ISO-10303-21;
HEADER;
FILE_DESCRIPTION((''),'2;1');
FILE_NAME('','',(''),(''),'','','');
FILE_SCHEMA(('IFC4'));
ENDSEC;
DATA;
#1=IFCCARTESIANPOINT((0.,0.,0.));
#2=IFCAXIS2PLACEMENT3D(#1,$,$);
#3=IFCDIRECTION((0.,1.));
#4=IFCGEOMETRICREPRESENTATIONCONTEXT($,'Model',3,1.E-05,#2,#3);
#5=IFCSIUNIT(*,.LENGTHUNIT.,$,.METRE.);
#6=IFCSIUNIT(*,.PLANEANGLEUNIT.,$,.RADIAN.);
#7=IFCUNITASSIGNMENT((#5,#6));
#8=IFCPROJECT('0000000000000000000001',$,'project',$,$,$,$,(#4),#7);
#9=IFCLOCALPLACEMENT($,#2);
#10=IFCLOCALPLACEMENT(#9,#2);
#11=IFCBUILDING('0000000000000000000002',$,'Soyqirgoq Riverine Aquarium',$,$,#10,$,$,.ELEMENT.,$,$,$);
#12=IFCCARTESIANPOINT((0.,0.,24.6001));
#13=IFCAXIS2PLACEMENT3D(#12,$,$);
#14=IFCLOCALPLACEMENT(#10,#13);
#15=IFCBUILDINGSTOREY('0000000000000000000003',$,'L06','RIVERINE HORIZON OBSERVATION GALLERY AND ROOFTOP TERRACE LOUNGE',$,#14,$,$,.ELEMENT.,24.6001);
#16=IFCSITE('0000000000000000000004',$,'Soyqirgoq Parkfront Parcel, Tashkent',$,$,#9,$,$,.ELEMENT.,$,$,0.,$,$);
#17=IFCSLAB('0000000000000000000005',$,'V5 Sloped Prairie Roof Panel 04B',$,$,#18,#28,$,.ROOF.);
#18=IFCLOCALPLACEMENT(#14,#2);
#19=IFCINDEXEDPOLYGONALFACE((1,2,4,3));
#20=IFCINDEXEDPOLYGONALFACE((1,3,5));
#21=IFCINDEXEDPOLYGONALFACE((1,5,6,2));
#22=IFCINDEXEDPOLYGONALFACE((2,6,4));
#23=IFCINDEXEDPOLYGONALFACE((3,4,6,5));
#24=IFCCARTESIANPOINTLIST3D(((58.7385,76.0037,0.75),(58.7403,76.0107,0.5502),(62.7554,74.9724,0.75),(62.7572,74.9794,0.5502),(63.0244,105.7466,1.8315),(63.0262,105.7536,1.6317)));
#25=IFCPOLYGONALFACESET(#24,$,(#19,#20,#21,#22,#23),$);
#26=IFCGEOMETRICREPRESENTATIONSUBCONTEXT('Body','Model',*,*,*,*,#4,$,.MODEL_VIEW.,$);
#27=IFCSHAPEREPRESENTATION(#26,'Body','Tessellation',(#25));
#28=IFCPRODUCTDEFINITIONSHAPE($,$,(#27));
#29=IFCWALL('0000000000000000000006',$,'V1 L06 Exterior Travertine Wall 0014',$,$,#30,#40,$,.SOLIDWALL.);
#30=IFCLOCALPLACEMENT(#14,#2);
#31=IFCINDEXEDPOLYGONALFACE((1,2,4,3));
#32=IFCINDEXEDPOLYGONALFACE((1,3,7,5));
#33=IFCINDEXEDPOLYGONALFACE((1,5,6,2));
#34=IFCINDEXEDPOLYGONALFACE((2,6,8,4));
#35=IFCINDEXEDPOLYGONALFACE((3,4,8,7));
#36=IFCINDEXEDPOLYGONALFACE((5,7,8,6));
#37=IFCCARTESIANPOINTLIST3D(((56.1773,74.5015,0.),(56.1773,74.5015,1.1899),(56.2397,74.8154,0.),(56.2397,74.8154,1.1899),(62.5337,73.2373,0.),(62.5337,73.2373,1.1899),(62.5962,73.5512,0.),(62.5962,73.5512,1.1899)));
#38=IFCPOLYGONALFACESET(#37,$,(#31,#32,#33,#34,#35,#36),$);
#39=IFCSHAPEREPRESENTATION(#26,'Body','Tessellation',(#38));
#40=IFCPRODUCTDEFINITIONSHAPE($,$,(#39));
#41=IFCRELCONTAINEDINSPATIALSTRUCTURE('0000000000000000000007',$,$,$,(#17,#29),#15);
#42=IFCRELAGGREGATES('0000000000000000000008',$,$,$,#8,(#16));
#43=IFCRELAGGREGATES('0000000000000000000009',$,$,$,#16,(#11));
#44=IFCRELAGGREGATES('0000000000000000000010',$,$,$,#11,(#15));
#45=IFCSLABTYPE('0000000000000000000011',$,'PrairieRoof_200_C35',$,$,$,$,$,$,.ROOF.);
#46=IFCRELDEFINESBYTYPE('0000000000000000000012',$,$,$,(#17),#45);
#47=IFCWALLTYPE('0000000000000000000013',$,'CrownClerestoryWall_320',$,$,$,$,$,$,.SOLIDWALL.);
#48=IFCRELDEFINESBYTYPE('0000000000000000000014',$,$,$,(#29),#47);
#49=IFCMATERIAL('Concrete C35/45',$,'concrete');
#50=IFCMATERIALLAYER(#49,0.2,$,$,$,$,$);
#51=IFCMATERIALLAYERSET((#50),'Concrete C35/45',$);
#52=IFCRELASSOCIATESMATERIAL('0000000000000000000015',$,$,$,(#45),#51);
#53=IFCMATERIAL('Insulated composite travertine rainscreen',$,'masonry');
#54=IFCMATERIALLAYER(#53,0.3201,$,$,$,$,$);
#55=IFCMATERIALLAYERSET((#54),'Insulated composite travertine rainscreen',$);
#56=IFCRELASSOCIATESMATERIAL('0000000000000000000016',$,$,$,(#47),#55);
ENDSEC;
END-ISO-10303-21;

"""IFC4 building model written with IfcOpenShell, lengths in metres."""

from ifc_helpers import new_model, si_unit, direction, frame, frame_2d, origin, place, context, subcontext, project, spatial, polyline, rectangle, outline, extrude, material, layer, layer_set, type_object, element, save


model = new_model("IFC4")

# Units and contexts
model_context = context("Model", 3, precision=1e-05, world=origin(), true_north=direction((0.0, 1.0)))
body_context = subcontext(model_context, "Body", "Model", "MODEL_VIEW")
ifc_project = project(units=[si_unit("LENGTHUNIT", "METRE"), si_unit("PLANEANGLEUNIT", "RADIAN")], contexts=[model_context])

# Site, building, storey
site_placement = place(None, origin())
site = spatial("IfcSite", under=ifc_project, at=site_placement, Name="Soyqirgoq Parkfront Parcel, Tashkent", CompositionType="ELEMENT", RefElevation=0.0)
building_placement = place(site_placement, origin())
building = spatial("IfcBuilding", under=site, at=building_placement, Name="Soyqirgoq Riverine Aquarium", CompositionType="ELEMENT")
storey_placement = place(building_placement, frame((0.0, 0.0, 24.6001)))
storey = spatial("IfcBuildingStorey", under=building, at=storey_placement, Name="L06", Description="RIVERINE HORIZON OBSERVATION GALLERY AND ROOFTOP TERRACE LOUNGE", CompositionType="ELEMENT", Elevation=24.6001)

# Slab
ifc_material_1 = material(Name="Concrete C35/45", Category="concrete")
ifc_layer_1 = layer(ifc_material_1, 0.2)
ifc_layer_set_1 = layer_set([ifc_layer_1], Name="Concrete C35/45")
slab_type = type_object("IfcSlabType", Name="PrairieRoof_200_C35", PredefinedType="ROOF", material=ifc_layer_set_1)
slab_1_placement = place(storey_placement, frame((62.7554, 74.9724, 0.75), z_axis=(-0.008997, -0.035043, 0.999345), x_axis=(0.008737, 0.999345, 0.035121)))
element("IfcSlab", 1, at=slab_1_placement, inside=storey, type_object=slab_type, Name="V5 Sloped Prairie Roof Panel 04B", PredefinedType="ROOF", context=body_context, shape_type="SweptSolid", body=[
    extrude(outline(polyline([(0.0, 0.0), (30.7943, 0.0), (0.9955, 4.0259), (0.0, 0.0)])), origin(), (0.0, 0.0, -1.0), 0.2),
])

# Wall
ifc_material_2 = material(Name="Insulated composite travertine rainscreen", Category="masonry")
ifc_layer_2 = layer(ifc_material_2, 0.3201)
ifc_layer_set_2 = layer_set([ifc_layer_2], Name="Insulated composite travertine rainscreen")
wall_type = type_object("IfcWallType", Name="CrownClerestoryWall_320", PredefinedType="SOLIDWALL", material=ifc_layer_set_2)
wall_placement = place(storey_placement, frame((62.5649, 73.3943, 0.0), z_axis=(0.0, 0.0, 1.0), x_axis=(-0.980792, 0.195058, 0.0)))
element("IfcWall", 2, at=wall_placement, inside=storey, type_object=wall_type, Name="V1 L06 Exterior Travertine Wall 0014", PredefinedType="SOLIDWALL", context=body_context, shape_type="SweptSolid", body=[
    extrude(rectangle(XDim=6.481, YDim=0.3201, at=frame_2d((3.2405, 0.0))), origin(), (0.0, 0.0, 1.0), 1.1899),
])

save(model, "model.ifc")
